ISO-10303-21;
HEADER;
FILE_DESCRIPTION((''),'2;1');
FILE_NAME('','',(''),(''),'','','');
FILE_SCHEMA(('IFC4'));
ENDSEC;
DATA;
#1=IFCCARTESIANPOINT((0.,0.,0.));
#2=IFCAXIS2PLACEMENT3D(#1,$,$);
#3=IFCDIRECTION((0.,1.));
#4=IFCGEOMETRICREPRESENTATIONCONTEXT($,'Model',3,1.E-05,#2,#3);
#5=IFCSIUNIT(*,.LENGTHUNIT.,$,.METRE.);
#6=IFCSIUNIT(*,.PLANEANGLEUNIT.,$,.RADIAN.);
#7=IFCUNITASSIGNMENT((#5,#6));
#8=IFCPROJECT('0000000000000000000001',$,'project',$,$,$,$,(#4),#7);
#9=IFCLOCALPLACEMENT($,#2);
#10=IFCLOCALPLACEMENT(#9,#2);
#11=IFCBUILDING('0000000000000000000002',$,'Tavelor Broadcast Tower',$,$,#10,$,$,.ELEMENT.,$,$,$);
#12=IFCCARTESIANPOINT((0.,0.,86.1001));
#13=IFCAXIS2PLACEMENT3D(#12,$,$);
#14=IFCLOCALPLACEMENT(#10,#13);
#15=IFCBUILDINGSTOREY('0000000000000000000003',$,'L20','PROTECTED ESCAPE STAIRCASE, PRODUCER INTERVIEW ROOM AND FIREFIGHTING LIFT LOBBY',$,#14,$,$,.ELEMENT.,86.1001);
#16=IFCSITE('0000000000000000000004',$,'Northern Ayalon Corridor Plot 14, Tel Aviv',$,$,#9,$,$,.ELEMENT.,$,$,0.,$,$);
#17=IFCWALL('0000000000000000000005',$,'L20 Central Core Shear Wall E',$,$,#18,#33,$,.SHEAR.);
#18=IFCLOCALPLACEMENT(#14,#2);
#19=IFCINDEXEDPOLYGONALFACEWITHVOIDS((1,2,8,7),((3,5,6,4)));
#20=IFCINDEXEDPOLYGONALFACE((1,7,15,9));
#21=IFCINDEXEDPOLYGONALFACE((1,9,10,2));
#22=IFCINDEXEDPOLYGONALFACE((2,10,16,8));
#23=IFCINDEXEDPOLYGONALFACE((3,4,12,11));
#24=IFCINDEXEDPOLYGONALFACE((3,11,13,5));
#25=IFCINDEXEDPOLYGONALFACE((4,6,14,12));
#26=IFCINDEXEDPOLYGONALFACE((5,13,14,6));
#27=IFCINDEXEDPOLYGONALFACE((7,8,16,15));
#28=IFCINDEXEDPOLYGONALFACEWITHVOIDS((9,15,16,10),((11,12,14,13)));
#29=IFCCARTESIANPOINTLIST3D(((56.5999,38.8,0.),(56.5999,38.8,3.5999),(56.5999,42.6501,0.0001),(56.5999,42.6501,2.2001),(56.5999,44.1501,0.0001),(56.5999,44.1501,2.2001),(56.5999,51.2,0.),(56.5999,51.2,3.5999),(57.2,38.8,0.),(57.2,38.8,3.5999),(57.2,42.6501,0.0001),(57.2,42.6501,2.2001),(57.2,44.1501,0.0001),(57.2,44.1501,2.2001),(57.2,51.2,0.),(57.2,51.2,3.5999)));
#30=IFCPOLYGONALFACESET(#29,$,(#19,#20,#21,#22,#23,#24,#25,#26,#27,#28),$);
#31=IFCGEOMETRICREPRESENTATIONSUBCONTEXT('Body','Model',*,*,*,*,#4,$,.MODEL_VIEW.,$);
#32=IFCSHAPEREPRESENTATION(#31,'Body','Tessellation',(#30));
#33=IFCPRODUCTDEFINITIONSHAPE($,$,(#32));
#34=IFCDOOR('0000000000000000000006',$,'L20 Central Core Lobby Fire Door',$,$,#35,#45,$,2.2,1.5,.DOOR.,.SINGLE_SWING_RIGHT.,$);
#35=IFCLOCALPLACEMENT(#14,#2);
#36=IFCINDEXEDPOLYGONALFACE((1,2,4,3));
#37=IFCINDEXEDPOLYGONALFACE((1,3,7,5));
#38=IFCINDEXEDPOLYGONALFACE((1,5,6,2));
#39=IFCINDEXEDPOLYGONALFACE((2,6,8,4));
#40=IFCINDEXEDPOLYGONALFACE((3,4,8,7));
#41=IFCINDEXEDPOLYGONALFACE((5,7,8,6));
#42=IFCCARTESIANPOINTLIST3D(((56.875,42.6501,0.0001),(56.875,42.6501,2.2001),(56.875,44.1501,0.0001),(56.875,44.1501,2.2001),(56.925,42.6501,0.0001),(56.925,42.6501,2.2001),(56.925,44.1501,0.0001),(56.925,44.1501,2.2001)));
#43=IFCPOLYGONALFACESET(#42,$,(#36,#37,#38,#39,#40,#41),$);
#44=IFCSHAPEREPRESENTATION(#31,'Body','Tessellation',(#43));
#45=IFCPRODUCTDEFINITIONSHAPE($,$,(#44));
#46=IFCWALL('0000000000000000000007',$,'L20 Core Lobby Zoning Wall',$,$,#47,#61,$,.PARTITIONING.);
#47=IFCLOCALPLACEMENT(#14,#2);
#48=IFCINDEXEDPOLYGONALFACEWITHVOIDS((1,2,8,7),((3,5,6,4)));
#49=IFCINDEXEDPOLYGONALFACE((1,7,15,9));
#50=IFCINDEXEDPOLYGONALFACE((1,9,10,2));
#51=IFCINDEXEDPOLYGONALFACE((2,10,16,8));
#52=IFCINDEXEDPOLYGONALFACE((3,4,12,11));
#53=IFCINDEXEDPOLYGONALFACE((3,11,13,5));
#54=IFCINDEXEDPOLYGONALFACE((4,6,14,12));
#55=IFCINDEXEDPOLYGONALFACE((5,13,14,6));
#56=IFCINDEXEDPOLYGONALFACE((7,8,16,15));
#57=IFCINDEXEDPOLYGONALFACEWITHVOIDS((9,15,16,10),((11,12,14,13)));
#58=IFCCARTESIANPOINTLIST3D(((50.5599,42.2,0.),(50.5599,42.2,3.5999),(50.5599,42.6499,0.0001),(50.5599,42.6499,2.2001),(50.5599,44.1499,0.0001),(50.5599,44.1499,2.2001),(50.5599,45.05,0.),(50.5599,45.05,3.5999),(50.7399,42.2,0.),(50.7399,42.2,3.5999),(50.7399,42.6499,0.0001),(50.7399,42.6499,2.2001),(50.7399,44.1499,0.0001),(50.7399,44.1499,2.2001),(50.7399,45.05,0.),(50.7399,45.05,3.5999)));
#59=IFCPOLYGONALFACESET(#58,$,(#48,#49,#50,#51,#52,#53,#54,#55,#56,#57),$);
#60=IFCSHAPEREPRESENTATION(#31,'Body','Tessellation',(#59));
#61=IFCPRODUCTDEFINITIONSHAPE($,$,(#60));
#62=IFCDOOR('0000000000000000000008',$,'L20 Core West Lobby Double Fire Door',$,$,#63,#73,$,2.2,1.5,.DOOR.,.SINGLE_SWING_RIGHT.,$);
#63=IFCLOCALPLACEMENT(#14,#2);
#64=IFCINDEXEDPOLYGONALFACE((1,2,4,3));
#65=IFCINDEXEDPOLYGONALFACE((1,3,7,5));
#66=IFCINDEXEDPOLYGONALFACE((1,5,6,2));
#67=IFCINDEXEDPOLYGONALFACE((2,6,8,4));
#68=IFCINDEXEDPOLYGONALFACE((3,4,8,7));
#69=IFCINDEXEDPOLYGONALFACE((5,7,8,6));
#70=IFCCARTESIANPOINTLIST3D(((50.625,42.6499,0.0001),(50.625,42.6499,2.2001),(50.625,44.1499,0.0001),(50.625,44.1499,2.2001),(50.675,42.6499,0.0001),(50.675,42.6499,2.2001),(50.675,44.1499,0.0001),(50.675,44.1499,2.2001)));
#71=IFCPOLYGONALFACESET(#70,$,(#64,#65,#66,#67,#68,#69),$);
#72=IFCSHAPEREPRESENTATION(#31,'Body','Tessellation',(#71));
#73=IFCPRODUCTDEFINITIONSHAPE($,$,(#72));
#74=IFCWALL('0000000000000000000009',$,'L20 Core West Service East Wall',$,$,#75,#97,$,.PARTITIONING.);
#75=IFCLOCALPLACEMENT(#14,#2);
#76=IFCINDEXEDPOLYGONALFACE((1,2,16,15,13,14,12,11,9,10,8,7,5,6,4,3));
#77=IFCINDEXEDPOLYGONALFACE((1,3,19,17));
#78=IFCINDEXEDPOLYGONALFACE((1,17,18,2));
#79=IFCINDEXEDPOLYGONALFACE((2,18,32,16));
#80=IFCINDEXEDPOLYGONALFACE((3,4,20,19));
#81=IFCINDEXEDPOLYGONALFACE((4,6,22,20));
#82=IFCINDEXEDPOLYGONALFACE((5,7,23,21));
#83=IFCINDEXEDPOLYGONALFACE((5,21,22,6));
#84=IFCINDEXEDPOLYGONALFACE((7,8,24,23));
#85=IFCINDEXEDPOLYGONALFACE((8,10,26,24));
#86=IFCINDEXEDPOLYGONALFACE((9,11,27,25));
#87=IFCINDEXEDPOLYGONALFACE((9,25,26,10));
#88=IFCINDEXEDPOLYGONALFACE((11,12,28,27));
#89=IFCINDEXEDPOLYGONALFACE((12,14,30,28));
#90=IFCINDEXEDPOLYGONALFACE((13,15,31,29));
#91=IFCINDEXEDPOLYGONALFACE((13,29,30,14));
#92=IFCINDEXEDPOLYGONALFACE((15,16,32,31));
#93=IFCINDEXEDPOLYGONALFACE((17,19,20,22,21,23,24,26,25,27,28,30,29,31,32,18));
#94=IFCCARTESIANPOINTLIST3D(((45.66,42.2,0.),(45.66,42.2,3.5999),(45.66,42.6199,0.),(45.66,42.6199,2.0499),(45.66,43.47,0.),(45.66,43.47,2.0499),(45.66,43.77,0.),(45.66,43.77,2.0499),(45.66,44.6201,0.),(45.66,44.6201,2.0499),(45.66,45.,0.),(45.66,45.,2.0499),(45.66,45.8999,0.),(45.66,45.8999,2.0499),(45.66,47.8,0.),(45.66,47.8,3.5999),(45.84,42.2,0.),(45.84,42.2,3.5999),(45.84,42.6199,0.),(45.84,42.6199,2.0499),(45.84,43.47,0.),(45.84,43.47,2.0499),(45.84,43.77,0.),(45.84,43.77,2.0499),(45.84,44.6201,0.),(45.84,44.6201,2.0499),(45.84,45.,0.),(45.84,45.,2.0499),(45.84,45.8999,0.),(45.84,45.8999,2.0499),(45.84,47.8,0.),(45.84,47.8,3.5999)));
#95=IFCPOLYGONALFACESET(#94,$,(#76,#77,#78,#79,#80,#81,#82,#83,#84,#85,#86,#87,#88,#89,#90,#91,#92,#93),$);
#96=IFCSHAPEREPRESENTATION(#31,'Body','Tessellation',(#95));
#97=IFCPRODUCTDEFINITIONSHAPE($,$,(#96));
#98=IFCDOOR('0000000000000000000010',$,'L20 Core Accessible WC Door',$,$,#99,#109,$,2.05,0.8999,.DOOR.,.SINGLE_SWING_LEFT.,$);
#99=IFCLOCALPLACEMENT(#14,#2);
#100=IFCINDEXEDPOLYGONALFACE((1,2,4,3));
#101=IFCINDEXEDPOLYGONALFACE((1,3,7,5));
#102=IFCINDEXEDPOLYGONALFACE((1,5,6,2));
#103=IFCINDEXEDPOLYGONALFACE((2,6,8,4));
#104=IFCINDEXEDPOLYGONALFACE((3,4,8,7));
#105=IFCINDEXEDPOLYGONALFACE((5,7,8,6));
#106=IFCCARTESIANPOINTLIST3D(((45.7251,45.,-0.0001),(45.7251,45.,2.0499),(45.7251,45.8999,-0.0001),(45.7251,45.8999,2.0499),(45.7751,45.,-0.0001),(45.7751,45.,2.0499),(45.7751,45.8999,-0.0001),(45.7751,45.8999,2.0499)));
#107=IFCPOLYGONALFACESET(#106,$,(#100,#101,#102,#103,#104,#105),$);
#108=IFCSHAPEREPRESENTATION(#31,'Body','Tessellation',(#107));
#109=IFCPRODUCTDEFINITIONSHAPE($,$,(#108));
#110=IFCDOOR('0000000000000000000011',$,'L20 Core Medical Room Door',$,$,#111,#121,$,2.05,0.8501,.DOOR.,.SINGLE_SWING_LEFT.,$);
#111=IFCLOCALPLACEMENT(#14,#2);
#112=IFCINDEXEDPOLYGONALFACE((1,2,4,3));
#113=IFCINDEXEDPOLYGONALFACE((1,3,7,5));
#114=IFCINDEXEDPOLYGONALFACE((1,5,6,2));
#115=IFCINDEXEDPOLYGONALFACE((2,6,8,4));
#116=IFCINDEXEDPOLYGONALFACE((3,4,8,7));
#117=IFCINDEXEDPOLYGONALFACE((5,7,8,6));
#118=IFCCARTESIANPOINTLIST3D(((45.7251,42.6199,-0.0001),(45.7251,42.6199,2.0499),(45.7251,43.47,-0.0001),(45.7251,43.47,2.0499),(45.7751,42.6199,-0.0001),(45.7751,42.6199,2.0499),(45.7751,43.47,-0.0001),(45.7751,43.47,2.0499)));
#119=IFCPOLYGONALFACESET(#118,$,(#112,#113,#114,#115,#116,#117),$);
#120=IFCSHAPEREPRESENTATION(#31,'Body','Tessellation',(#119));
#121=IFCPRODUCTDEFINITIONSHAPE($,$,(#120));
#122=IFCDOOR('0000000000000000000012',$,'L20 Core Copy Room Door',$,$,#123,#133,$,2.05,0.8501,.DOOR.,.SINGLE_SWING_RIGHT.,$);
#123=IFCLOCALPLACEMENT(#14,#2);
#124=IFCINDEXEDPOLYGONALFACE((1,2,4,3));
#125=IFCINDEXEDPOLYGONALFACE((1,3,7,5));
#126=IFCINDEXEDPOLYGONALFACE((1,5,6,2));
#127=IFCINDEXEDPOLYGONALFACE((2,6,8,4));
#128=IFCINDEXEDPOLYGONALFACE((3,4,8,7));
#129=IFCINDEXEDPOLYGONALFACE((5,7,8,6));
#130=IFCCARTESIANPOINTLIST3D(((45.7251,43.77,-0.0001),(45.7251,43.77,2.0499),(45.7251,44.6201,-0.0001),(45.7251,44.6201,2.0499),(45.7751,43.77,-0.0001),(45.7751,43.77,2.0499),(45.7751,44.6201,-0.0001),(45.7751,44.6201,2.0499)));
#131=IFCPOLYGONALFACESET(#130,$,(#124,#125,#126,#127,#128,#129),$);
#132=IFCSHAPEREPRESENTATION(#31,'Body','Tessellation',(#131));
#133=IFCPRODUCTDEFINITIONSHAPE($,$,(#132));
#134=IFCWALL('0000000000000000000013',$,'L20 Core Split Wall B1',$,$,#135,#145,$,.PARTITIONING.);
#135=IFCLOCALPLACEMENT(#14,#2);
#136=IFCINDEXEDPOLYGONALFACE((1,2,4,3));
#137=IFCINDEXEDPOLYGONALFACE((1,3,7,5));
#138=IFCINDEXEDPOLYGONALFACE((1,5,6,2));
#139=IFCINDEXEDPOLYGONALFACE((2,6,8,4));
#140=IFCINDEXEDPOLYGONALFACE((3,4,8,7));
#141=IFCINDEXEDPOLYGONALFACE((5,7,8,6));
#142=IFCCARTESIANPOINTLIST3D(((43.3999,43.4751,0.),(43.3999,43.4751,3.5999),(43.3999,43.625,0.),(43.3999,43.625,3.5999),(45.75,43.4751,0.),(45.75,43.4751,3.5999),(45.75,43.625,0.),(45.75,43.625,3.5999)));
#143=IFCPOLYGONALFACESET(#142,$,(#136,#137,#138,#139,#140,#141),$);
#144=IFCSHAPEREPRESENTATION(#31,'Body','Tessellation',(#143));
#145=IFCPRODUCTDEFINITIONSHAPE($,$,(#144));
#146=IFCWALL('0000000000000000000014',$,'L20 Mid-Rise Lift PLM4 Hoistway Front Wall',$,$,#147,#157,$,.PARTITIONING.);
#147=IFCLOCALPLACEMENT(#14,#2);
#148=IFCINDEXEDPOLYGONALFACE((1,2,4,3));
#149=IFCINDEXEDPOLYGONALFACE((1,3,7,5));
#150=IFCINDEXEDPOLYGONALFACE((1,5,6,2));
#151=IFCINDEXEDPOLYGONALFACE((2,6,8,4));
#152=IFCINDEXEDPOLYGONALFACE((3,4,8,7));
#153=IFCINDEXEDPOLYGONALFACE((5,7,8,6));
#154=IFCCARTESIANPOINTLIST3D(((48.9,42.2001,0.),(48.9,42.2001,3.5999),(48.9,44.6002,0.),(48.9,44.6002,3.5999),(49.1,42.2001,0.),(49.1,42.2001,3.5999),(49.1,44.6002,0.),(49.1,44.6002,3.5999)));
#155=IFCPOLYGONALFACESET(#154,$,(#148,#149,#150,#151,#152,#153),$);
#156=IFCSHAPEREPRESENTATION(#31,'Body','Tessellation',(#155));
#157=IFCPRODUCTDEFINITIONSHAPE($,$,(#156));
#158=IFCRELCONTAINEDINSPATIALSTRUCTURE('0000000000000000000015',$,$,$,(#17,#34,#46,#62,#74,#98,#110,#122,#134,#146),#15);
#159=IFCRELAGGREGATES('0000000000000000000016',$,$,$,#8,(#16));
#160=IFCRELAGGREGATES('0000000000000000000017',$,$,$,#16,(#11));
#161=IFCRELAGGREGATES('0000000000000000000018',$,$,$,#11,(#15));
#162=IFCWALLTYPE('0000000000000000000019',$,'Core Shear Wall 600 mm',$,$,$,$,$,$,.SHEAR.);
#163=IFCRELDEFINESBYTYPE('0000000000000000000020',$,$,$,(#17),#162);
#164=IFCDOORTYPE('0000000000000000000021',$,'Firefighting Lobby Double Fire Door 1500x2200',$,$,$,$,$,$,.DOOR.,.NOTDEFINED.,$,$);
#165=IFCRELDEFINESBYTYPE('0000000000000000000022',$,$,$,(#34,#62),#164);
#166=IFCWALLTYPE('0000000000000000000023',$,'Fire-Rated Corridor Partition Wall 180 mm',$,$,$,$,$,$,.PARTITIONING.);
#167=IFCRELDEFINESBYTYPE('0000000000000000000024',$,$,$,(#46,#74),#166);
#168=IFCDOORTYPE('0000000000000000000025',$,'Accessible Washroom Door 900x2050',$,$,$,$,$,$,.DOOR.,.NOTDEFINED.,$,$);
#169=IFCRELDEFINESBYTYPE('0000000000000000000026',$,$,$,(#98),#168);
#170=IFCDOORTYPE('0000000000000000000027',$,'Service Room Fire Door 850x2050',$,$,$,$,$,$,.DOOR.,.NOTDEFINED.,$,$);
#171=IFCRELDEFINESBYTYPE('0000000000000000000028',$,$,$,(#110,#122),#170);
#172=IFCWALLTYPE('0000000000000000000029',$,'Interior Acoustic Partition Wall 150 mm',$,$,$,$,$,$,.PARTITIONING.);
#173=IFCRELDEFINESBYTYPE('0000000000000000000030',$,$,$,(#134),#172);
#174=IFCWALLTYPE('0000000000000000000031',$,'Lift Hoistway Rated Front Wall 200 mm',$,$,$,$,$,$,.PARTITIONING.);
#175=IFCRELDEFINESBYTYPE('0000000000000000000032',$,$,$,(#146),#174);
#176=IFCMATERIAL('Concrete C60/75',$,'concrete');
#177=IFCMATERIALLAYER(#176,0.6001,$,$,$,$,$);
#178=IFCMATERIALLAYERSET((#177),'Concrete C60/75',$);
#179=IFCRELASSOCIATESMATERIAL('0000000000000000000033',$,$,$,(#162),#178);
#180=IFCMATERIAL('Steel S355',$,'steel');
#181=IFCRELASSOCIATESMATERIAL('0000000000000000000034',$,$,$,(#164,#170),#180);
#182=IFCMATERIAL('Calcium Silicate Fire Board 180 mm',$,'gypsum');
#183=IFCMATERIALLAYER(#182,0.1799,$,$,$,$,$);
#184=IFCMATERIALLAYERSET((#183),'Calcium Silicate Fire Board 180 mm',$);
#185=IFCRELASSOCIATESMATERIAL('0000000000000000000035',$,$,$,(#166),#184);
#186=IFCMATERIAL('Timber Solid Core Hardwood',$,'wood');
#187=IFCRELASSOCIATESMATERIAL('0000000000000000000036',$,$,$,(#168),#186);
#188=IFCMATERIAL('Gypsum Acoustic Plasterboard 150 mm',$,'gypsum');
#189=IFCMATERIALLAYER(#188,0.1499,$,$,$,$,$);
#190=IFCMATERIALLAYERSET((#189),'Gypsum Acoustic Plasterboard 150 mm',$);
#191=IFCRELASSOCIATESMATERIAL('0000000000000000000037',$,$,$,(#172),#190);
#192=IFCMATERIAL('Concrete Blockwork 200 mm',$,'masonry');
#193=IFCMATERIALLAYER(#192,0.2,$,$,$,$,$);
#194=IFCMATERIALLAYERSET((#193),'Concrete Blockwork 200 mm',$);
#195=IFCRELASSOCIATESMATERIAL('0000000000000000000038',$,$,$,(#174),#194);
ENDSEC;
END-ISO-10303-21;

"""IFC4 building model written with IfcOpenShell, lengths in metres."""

from ifc_helpers import new_model, si_unit, direction, frame, frame_2d, origin, place, context, subcontext, project, spatial, rectangle, extrude, material, layer, layer_set, type_object, element, fill, save


model = new_model("IFC4")

# Units and contexts
model_context = context("Model", 3, precision=1e-05, world=origin(), true_north=direction((0.0, 1.0)))
body_context = subcontext(model_context, "Body", "Model", "MODEL_VIEW")
ifc_project = project(units=[si_unit("LENGTHUNIT", "METRE"), si_unit("PLANEANGLEUNIT", "RADIAN")], contexts=[model_context])

# Site, building, storey
site_placement = place(None, origin())
site = spatial("IfcSite", under=ifc_project, at=site_placement, Name="Northern Ayalon Corridor Plot 14, Tel Aviv", CompositionType="ELEMENT", RefElevation=0.0)
building_placement = place(site_placement, origin())
building = spatial("IfcBuilding", under=site, at=building_placement, Name="Tavelor Broadcast Tower", CompositionType="ELEMENT")
storey_placement = place(building_placement, frame((0.0, 0.0, 86.1001)))
storey = spatial("IfcBuildingStorey", under=building, at=storey_placement, Name="L20", Description="PROTECTED ESCAPE STAIRCASE, PRODUCER INTERVIEW ROOM AND FIREFIGHTING LIFT LOBBY", CompositionType="ELEMENT", Elevation=86.1001)

# Shared definitions
ifc_material_1 = material(Name="Concrete C60/75", Category="concrete")

# Shared definitions
ifc_material_2 = material(Name="Steel S355", Category="steel")

# Walls, openings, doors
ifc_layer_1 = layer(ifc_material_1, 0.6001)
ifc_layer_set_1 = layer_set([ifc_layer_1], Name="Concrete C60/75")
wall_type_1 = type_object("IfcWallType", Name="Core Shear Wall 600 mm", PredefinedType="SHEAR", material=ifc_layer_set_1)
wall_1_placement = place(storey_placement, frame((56.8999, 38.8, 0.0), z_axis=(0.0, 0.0, 1.0), x_axis=(0.0, 1.0, 0.0)))
wall_1 = element("IfcWall", 1, at=wall_1_placement, inside=storey, type_object=wall_type_1, Name="L20 Central Core Shear Wall E", PredefinedType="SHEAR", context=body_context, shape_type="SweptSolid", body=[
    extrude(rectangle(XDim=12.3999, YDim=0.6001, at=frame_2d((6.2, 0.0))), origin(), (0.0, 0.0, 1.0), 3.5999),
])
opening_1_placement = place(wall_1_placement, frame((3.8501, 0.0, 0.0)))
opening_1 = element("IfcOpeningElement", 2, at=opening_1_placement, cuts=wall_1, PredefinedType="OPENING", context=body_context, shape_type="SweptSolid", body=[
    extrude(rectangle(XDim=1.5, YDim=2.2, at=frame_2d((0.75, 1.1001))), frame((0.0, 0.3101, 0.0), z_axis=(0.0, -1.0, 0.0), x_axis=(1.0, 0.0, 0.0)), (0.0, 0.0, 1.0), 0.6201),
])
door_type_1 = type_object("IfcDoorType", Name="Firefighting Lobby Double Fire Door 1500x2200", OperationType="NOTDEFINED", PredefinedType="DOOR", material=ifc_material_2)
door_1_placement = place(opening_1_placement, origin())
door_1 = element("IfcDoor", 3, at=door_1_placement, inside=storey, type_object=door_type_1, Name="L20 Central Core Lobby Fire Door", OperationType="SINGLE_SWING_RIGHT", OverallHeight=2.2, OverallWidth=1.5, PredefinedType="DOOR", context=body_context, shape_type="SweptSolid", body=[
    extrude(rectangle(XDim=1.5, YDim=2.2, at=frame_2d((0.75, 1.1001))), frame((0.0, 0.0249, 0.0), z_axis=(0.0, -1.0, 0.0), x_axis=(1.0, 0.0, 0.0)), (0.0, 0.0, 1.0), 0.05),
])
fill(opening_1, door_1)
ifc_material_3 = material(Name="Calcium Silicate Fire Board 180 mm", Category="gypsum")
ifc_layer_2 = layer(ifc_material_3, 0.1799)
ifc_layer_set_2 = layer_set([ifc_layer_2], Name="Calcium Silicate Fire Board 180 mm")
wall_type_2 = type_object("IfcWallType", Name="Fire-Rated Corridor Partition Wall 180 mm", PredefinedType="PARTITIONING", material=ifc_layer_set_2)
wall_2_placement = place(storey_placement, frame((50.6499, 42.2, 0.0), z_axis=(0.0, 0.0, 1.0), x_axis=(0.0, 1.0, 0.0)))
wall_2 = element("IfcWall", 4, at=wall_2_placement, inside=storey, type_object=wall_type_2, Name="L20 Core Lobby Zoning Wall", PredefinedType="PARTITIONING", context=body_context, shape_type="SweptSolid", body=[
    extrude(rectangle(XDim=2.8501, YDim=0.1799, at=frame_2d((1.425, 0.0))), origin(), (0.0, 0.0, 1.0), 3.5999),
])
opening_2_placement = place(wall_2_placement, frame((0.45, 0.0, 0.0)))
opening_2 = element("IfcOpeningElement", 5, at=opening_2_placement, cuts=wall_2, PredefinedType="OPENING", context=body_context, shape_type="SweptSolid", body=[
    extrude(rectangle(XDim=1.5, YDim=2.2, at=frame_2d((0.75, 1.1001))), frame((0.0, 0.1001, 0.0), z_axis=(0.0, -1.0, 0.0), x_axis=(1.0, 0.0, 0.0)), (0.0, 0.0, 1.0), 0.2),
])
door_2_placement = place(opening_2_placement, origin())
door_2 = element("IfcDoor", 6, at=door_2_placement, inside=storey, type_object=door_type_1, Name="L20 Core West Lobby Double Fire Door", OperationType="SINGLE_SWING_RIGHT", OverallHeight=2.2, OverallWidth=1.5, PredefinedType="DOOR", context=body_context, shape_type="SweptSolid", body=[
    extrude(rectangle(XDim=1.5, YDim=2.2, at=frame_2d((0.75, 1.1001))), frame((0.0, 0.0249, 0.0), z_axis=(0.0, -1.0, 0.0), x_axis=(1.0, 0.0, 0.0)), (0.0, 0.0, 1.0), 0.05),
])
fill(opening_2, door_2)

# Wall, openings, doors
wall_3_placement = place(storey_placement, frame((45.75, 42.2, 0.0), z_axis=(0.0, 0.0, 1.0), x_axis=(0.0, 1.0, 0.0)))
wall_3 = element("IfcWall", 7, at=wall_3_placement, inside=storey, type_object=wall_type_2, Name="L20 Core West Service East Wall", PredefinedType="PARTITIONING", context=body_context, shape_type="SweptSolid", body=[
    extrude(rectangle(XDim=5.6001, YDim=0.1799, at=frame_2d((2.8, 0.0))), origin(), (0.0, 0.0, 1.0), 3.5999),
])
opening_3_placement = place(wall_3_placement, frame((0.4199, 0.0, 0.0)))
opening_3 = element("IfcOpeningElement", 8, at=opening_3_placement, cuts=wall_3, PredefinedType="OPENING", context=body_context, shape_type="SweptSolid", body=[
    extrude(rectangle(XDim=0.8501, YDim=2.05, at=frame_2d((0.425, 1.0249))), frame((0.0, 0.1001, 0.0), z_axis=(0.0, -1.0, 0.0), x_axis=(1.0, 0.0, 0.0)), (0.0, 0.0, 1.0), 0.2),
])
opening_4_placement = place(wall_3_placement, frame((1.5701, 0.0, 0.0)))
opening_4 = element("IfcOpeningElement", 9, at=opening_4_placement, cuts=wall_3, PredefinedType="OPENING", context=body_context, shape_type="SweptSolid", body=[
    extrude(rectangle(XDim=0.8501, YDim=2.05, at=frame_2d((0.425, 1.0249))), frame((0.0, 0.1001, 0.0), z_axis=(0.0, -1.0, 0.0), x_axis=(1.0, 0.0, 0.0)), (0.0, 0.0, 1.0), 0.2),
])
opening_5_placement = place(wall_3_placement, frame((2.8, 0.0, 0.0)))
opening_5 = element("IfcOpeningElement", 10, at=opening_5_placement, cuts=wall_3, PredefinedType="OPENING", context=body_context, shape_type="SweptSolid", body=[
    extrude(rectangle(XDim=0.8999, YDim=2.05, at=frame_2d((0.45, 1.0249))), frame((0.0, 0.1001, 0.0), z_axis=(0.0, -1.0, 0.0), x_axis=(1.0, 0.0, 0.0)), (0.0, 0.0, 1.0), 0.2),
])
ifc_material_4 = material(Name="Timber Solid Core Hardwood", Category="wood")
door_type_2 = type_object("IfcDoorType", Name="Accessible Washroom Door 900x2050", OperationType="NOTDEFINED", PredefinedType="DOOR", material=ifc_material_4)
door_3_placement = place(opening_5_placement, origin())
door_3 = element("IfcDoor", 11, at=door_3_placement, inside=storey, type_object=door_type_2, Name="L20 Core Accessible WC Door", OperationType="SINGLE_SWING_LEFT", OverallHeight=2.05, OverallWidth=0.8999, PredefinedType="DOOR", context=body_context, shape_type="SweptSolid", body=[
    extrude(rectangle(XDim=0.8999, YDim=2.05, at=frame_2d((0.45, 1.0249))), frame((0.0, 0.0249, 0.0), z_axis=(0.0, -1.0, 0.0), x_axis=(1.0, 0.0, 0.0)), (0.0, 0.0, 1.0), 0.05),
])
fill(opening_5, door_3)
door_type_3 = type_object("IfcDoorType", Name="Service Room Fire Door 850x2050", OperationType="NOTDEFINED", PredefinedType="DOOR", material=ifc_material_2)
door_4_placement = place(opening_3_placement, origin())
door_4 = element("IfcDoor", 12, at=door_4_placement, inside=storey, type_object=door_type_3, Name="L20 Core Medical Room Door", OperationType="SINGLE_SWING_LEFT", OverallHeight=2.05, OverallWidth=0.8501, PredefinedType="DOOR", context=body_context, shape_type="SweptSolid", body=[
    extrude(rectangle(XDim=0.8501, YDim=2.05, at=frame_2d((0.425, 1.0249))), frame((0.0, 0.0249, 0.0), z_axis=(0.0, -1.0, 0.0), x_axis=(1.0, 0.0, 0.0)), (0.0, 0.0, 1.0), 0.05),
])
fill(opening_3, door_4)
door_5_placement = place(opening_4_placement, origin())
door_5 = element("IfcDoor", 13, at=door_5_placement, inside=storey, type_object=door_type_3, Name="L20 Core Copy Room Door", OperationType="SINGLE_SWING_RIGHT", OverallHeight=2.05, OverallWidth=0.8501, PredefinedType="DOOR", context=body_context, shape_type="SweptSolid", body=[
    extrude(rectangle(XDim=0.8501, YDim=2.05, at=frame_2d((0.425, 1.0249))), frame((0.0, 0.0249, 0.0), z_axis=(0.0, -1.0, 0.0), x_axis=(1.0, 0.0, 0.0)), (0.0, 0.0, 1.0), 0.05),
])
fill(opening_4, door_5)

# Walls
ifc_material_5 = material(Name="Gypsum Acoustic Plasterboard 150 mm", Category="gypsum")
ifc_layer_3 = layer(ifc_material_5, 0.1499)
ifc_layer_set_3 = layer_set([ifc_layer_3], Name="Gypsum Acoustic Plasterboard 150 mm")
wall_type_3 = type_object("IfcWallType", Name="Interior Acoustic Partition Wall 150 mm", PredefinedType="PARTITIONING", material=ifc_layer_set_3)
wall_4_placement = place(storey_placement, frame((43.3999, 43.55, 0.0), z_axis=(0.0, 0.0, 1.0), x_axis=(1.0, 0.0, 0.0)))
element("IfcWall", 14, at=wall_4_placement, inside=storey, type_object=wall_type_3, Name="L20 Core Split Wall B1", PredefinedType="PARTITIONING", context=body_context, shape_type="SweptSolid", body=[
    extrude(rectangle(XDim=2.3501, YDim=0.1499, at=frame_2d((1.175, 0.0))), origin(), (0.0, 0.0, 1.0), 3.5999),
])
ifc_material_6 = material(Name="Concrete Blockwork 200 mm", Category="masonry")
ifc_layer_4 = layer(ifc_material_6, 0.2)
ifc_layer_set_4 = layer_set([ifc_layer_4], Name="Concrete Blockwork 200 mm")
wall_type_4 = type_object("IfcWallType", Name="Lift Hoistway Rated Front Wall 200 mm", PredefinedType="PARTITIONING", material=ifc_layer_set_4)
wall_5_placement = place(storey_placement, frame((49.0, 42.2, 0.0), z_axis=(0.0, 0.0, 1.0), x_axis=(0.0, 1.0, 0.0)))
element("IfcWall", 15, at=wall_5_placement, inside=storey, type_object=wall_type_4, Name="L20 Mid-Rise Lift PLM4 Hoistway Front Wall", PredefinedType="PARTITIONING", context=body_context, shape_type="SweptSolid", body=[
    extrude(rectangle(XDim=2.4001, YDim=0.2, at=frame_2d((1.2002, 0.0))), origin(), (0.0, 0.0, 1.0), 3.5999),
])

save(model, "model.ifc")
